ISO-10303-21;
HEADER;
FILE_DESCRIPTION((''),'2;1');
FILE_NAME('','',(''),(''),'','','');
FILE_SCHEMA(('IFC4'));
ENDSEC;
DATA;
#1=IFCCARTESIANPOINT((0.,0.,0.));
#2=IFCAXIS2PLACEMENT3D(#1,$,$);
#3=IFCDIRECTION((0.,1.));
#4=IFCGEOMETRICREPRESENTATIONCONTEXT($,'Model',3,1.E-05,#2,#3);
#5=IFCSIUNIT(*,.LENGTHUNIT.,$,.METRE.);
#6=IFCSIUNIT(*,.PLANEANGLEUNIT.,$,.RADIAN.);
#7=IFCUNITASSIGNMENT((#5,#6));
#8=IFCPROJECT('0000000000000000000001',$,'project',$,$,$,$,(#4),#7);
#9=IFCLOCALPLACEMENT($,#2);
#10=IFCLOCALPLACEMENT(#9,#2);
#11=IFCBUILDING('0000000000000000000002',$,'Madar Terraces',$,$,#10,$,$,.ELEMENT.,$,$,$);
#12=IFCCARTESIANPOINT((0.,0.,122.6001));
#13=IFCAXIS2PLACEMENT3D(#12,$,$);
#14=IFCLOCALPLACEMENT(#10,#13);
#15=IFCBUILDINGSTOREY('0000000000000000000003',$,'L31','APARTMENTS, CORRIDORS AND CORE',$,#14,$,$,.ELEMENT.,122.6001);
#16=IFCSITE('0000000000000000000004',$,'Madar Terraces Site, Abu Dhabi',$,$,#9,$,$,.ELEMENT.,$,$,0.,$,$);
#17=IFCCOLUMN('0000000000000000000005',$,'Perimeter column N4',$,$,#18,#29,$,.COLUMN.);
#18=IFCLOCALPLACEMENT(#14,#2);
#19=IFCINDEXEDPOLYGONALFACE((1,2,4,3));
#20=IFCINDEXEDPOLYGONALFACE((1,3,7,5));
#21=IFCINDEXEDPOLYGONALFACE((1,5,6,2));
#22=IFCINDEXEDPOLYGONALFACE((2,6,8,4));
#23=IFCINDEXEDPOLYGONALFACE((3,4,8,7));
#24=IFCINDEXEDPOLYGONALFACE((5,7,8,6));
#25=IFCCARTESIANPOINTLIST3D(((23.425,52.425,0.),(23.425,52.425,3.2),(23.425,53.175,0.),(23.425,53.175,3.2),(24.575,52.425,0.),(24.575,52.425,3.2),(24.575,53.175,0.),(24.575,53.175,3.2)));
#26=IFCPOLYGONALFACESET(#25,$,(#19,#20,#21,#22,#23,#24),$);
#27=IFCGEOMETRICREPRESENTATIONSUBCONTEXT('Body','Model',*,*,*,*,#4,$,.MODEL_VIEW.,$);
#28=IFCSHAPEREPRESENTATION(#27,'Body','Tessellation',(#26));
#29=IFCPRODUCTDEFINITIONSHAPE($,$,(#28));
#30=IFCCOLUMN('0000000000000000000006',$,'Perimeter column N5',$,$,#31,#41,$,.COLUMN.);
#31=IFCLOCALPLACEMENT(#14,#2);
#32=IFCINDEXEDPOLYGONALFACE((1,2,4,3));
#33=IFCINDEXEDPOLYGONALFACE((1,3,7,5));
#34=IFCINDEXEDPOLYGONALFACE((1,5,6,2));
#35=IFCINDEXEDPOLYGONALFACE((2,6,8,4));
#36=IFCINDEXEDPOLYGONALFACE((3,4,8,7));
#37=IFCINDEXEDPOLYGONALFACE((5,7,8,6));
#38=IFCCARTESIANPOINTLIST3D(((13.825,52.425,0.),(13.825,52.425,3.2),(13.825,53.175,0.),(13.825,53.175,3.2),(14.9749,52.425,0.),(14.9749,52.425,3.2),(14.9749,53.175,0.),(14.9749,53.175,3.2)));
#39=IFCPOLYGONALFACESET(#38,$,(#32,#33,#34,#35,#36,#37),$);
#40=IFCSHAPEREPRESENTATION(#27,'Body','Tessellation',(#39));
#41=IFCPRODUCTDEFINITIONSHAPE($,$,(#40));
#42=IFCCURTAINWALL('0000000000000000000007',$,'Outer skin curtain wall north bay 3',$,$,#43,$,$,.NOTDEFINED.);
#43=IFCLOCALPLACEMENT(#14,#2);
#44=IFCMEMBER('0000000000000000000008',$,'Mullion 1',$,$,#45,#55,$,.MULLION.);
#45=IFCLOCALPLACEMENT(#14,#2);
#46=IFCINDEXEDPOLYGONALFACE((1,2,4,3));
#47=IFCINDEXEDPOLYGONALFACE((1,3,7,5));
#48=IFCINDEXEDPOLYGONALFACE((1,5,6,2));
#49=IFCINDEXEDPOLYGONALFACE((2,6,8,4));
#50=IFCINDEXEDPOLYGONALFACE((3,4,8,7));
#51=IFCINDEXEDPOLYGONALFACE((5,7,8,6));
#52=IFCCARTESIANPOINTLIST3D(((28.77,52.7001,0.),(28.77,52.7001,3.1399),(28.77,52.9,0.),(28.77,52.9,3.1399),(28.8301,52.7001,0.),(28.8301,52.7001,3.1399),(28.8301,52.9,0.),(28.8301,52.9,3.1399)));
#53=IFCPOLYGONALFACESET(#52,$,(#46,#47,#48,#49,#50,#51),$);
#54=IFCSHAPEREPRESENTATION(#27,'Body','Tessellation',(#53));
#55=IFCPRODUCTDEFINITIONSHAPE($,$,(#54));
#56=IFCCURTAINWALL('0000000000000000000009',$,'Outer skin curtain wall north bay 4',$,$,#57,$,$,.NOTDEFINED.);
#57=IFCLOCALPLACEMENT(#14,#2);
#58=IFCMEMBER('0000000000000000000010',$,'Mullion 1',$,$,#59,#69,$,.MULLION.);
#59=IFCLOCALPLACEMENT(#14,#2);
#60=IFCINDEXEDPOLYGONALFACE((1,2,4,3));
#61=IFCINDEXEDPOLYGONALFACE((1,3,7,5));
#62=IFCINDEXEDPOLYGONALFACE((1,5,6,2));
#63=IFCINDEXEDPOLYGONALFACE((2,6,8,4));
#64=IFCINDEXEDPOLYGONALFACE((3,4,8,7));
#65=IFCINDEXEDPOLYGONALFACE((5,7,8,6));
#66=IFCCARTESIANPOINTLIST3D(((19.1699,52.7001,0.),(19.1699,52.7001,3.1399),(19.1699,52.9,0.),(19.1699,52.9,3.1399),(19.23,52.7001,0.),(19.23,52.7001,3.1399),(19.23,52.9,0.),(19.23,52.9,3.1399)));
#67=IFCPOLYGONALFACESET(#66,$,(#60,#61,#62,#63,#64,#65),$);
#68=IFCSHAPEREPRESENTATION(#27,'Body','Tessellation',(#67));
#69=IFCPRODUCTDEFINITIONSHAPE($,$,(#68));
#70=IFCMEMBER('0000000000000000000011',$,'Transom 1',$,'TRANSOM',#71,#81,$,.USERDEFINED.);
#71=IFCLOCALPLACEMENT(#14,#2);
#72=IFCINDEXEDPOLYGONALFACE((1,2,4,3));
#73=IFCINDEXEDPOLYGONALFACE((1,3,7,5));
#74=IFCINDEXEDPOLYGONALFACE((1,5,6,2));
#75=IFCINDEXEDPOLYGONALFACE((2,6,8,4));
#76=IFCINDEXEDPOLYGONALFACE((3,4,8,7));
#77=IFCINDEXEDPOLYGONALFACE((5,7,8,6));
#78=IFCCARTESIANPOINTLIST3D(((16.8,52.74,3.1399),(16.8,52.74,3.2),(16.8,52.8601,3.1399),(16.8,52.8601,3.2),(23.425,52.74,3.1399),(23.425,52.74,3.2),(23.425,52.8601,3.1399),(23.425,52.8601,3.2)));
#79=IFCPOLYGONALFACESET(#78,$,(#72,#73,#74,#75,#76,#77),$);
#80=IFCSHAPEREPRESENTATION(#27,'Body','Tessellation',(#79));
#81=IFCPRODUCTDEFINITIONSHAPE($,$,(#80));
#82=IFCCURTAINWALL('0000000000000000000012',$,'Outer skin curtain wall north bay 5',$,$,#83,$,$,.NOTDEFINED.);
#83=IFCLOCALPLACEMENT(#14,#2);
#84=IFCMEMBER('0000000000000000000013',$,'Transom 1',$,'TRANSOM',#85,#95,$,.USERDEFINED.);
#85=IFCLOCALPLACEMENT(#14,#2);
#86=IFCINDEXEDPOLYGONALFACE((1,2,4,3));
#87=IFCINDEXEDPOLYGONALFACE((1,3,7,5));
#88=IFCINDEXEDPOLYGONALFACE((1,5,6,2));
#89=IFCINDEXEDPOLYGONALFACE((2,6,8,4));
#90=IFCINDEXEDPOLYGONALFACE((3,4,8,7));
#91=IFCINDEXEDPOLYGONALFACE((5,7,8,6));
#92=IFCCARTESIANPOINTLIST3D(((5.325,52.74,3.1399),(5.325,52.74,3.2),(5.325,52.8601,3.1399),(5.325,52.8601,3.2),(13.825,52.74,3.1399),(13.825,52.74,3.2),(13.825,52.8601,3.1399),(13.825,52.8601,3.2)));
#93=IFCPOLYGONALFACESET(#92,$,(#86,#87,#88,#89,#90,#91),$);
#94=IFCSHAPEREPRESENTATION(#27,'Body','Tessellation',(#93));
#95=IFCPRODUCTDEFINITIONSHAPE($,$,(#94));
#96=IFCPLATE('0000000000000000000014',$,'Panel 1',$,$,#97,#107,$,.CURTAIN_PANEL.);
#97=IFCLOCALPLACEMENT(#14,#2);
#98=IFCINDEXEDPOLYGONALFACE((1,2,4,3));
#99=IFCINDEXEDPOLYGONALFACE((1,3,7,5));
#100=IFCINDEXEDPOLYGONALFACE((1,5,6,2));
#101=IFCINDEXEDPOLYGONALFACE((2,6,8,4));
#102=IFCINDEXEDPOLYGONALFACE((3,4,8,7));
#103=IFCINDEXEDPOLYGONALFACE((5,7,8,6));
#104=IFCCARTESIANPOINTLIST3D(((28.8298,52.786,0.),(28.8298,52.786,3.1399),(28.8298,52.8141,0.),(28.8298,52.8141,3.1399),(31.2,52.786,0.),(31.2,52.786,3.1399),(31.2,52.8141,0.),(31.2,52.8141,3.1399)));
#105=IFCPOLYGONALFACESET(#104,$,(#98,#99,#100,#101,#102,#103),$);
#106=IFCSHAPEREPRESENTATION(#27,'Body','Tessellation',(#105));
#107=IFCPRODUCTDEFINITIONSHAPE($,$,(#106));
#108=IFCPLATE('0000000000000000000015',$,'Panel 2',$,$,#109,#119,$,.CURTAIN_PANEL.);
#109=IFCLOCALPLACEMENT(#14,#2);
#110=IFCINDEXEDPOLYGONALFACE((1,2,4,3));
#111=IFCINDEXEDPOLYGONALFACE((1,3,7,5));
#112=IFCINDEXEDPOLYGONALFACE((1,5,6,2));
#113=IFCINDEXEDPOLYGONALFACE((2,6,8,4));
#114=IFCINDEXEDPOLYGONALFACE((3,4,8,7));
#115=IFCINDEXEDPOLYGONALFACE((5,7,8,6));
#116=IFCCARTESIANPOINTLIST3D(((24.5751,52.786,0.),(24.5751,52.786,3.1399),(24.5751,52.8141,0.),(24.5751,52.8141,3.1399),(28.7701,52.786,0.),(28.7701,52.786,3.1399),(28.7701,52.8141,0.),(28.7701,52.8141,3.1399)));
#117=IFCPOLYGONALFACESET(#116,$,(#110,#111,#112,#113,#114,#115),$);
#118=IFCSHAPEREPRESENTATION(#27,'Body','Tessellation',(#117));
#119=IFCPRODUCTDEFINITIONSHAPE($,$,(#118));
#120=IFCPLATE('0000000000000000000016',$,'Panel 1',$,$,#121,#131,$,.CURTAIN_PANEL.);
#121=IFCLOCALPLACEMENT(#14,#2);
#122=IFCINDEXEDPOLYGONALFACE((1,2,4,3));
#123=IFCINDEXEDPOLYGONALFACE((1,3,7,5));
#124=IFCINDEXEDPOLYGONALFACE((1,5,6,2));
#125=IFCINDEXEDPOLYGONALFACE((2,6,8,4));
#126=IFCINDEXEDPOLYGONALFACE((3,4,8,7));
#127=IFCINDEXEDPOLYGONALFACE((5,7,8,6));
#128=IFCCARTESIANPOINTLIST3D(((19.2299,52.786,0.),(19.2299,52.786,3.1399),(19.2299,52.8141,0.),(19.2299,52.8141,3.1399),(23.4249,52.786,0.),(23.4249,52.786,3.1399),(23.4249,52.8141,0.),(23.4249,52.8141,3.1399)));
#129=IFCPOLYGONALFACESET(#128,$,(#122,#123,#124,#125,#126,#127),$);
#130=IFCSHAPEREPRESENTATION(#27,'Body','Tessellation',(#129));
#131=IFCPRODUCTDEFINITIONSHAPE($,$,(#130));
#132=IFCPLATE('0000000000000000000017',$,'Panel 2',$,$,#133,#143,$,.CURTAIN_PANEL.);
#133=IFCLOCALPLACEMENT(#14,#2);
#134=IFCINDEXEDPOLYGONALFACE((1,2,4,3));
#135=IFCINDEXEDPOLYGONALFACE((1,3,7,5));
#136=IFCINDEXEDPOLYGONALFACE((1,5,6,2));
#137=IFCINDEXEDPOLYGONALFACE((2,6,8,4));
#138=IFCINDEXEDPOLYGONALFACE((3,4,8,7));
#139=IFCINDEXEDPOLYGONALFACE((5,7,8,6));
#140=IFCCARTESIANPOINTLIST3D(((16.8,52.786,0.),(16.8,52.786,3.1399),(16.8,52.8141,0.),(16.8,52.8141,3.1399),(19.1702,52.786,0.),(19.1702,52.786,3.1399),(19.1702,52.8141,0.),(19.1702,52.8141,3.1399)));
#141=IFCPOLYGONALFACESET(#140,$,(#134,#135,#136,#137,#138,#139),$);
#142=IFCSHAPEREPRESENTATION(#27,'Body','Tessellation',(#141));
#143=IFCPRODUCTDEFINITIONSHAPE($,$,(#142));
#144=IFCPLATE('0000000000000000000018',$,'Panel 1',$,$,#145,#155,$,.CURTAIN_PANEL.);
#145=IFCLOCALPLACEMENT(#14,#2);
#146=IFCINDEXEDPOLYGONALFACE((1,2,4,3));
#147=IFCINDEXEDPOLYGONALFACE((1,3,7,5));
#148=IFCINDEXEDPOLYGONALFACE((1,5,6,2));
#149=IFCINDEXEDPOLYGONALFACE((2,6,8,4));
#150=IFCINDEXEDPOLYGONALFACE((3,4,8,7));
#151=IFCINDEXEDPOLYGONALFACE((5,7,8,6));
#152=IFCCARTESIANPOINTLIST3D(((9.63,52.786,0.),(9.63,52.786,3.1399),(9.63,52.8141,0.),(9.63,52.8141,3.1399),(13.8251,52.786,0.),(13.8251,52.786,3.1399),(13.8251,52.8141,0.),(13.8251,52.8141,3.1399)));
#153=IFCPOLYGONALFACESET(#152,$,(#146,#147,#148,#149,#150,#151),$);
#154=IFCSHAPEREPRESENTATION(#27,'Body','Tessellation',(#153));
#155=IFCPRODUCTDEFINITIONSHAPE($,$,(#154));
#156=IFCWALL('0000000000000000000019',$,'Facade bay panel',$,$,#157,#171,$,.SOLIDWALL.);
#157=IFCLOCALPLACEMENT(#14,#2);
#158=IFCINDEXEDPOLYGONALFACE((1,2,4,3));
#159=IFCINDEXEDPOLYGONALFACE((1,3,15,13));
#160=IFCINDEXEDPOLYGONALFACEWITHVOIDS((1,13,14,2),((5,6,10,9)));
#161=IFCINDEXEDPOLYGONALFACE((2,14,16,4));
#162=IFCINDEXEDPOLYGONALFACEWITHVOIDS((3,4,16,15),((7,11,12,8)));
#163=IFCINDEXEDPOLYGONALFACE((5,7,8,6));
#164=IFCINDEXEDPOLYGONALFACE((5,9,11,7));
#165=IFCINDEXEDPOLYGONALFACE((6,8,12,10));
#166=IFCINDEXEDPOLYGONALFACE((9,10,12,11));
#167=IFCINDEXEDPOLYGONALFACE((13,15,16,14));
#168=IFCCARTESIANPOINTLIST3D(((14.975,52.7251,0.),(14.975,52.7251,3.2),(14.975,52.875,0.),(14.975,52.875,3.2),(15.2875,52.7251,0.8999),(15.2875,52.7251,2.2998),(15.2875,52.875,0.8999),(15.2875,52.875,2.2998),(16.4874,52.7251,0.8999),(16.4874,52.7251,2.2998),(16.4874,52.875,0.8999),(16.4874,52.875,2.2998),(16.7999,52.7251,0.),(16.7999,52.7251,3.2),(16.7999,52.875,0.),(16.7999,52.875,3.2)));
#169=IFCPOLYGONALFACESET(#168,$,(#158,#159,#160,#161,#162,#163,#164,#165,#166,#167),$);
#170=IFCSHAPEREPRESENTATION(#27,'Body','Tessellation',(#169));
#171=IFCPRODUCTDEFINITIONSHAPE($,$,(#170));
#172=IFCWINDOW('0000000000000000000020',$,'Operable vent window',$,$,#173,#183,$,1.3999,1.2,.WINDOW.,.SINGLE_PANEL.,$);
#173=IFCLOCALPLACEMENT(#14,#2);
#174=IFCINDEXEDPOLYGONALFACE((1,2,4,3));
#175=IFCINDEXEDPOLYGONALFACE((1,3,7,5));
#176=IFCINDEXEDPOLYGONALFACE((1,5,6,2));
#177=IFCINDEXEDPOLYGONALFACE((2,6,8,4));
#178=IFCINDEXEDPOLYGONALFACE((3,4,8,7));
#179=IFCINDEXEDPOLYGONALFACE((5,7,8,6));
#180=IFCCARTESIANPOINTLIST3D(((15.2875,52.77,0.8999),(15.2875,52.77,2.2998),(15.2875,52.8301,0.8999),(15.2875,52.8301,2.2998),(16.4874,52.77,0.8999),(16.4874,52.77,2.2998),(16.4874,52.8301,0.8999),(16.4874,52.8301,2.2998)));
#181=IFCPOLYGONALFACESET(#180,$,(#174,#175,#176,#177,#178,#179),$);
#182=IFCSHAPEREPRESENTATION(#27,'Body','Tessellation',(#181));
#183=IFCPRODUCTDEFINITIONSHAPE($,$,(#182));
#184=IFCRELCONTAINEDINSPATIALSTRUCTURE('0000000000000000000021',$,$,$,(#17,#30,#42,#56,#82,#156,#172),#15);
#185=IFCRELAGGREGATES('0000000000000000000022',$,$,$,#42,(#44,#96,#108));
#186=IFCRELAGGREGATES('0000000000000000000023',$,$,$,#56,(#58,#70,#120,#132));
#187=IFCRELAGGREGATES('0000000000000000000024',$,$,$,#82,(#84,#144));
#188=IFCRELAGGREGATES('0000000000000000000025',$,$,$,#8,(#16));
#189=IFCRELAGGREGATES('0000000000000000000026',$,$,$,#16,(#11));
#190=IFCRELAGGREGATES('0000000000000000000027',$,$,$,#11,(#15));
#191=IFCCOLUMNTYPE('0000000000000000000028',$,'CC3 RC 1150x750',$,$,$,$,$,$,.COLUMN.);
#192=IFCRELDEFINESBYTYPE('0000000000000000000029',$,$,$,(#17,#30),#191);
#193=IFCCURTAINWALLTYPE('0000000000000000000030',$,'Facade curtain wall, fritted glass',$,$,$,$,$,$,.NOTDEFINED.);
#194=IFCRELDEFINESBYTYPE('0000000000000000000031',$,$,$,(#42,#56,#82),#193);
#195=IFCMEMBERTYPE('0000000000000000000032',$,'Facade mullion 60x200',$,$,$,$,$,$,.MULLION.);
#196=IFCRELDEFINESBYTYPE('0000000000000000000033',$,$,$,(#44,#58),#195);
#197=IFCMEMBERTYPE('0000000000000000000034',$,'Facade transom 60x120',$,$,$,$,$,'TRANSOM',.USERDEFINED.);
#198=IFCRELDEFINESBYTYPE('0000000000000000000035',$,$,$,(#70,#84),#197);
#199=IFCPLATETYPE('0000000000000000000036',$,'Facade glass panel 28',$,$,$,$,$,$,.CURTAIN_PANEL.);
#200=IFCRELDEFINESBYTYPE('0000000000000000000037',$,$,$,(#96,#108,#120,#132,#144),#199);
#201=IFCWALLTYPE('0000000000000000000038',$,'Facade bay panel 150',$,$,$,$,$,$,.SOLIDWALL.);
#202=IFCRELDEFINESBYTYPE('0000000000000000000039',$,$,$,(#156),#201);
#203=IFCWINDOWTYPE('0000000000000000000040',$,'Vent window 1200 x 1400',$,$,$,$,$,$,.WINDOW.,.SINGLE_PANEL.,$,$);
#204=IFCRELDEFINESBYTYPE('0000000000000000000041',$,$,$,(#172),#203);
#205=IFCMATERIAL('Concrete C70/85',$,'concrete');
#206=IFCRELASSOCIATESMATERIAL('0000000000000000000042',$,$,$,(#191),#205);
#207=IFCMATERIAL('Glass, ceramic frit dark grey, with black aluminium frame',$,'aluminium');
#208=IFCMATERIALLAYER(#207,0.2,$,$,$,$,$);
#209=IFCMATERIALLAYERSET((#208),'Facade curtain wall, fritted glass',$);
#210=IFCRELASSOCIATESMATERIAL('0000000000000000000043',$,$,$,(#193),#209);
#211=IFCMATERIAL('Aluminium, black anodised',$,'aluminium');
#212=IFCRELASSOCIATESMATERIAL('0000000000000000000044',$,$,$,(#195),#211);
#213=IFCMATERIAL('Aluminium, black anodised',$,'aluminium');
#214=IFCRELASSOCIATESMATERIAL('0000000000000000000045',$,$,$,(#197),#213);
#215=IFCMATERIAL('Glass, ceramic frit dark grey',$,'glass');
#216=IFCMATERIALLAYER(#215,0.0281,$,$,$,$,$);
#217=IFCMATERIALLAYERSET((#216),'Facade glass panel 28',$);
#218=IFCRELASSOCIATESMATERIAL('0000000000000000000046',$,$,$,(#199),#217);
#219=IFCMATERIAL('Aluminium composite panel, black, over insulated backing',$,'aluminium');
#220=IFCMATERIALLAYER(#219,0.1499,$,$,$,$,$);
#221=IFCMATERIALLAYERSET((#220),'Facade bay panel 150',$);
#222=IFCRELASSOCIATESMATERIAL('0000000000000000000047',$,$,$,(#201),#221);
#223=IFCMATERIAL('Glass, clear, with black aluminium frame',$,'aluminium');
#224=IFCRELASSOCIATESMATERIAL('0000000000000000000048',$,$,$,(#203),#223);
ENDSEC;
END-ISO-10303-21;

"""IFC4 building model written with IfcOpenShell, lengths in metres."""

from ifc_helpers import new_model, si_unit, direction, frame, frame_2d, origin, origin_2d, place, context, subcontext, project, spatial, rectangle, extrude, material, layer, layer_set, material_profile, profile_set, type_object, element, fill, aggregate, save


model = new_model("IFC4")

# Units and contexts
model_context = context("Model", 3, precision=1e-05, world=origin(), true_north=direction((0.0, 1.0)))
body_context = subcontext(model_context, "Body", "Model", "MODEL_VIEW")
ifc_project = project(units=[si_unit("LENGTHUNIT", "METRE"), si_unit("PLANEANGLEUNIT", "RADIAN")], contexts=[model_context])

# Site, building, storey
site_placement = place(None, origin())
site = spatial("IfcSite", under=ifc_project, at=site_placement, Name="Madar Terraces Site, Abu Dhabi", CompositionType="ELEMENT", RefElevation=0.0)
building_placement = place(site_placement, origin())
building = spatial("IfcBuilding", under=site, at=building_placement, Name="Madar Terraces", CompositionType="ELEMENT")
storey_placement = place(building_placement, frame((0.0, 0.0, 122.6001)))
storey = spatial("IfcBuildingStorey", under=building, at=storey_placement, Name="L31", Description="APARTMENTS, CORRIDORS AND CORE", CompositionType="ELEMENT", Elevation=122.6001)

# Columns
ifc_material_1 = material(Name="Concrete C70/85", Category="concrete")
ifc_material_profile_1 = material_profile(ifc_material_1, rectangle(XDim=1.1499, YDim=0.75, at=origin_2d()), Name="CC3 RC 1150x750")
ifc_profile_set_1 = profile_set([ifc_material_profile_1], Name="Concrete C70/85")
column_type = type_object("IfcColumnType", Name="CC3 RC 1150x750", PredefinedType="COLUMN", material=ifc_profile_set_1)
for number, where, z_axis, x_axis, name in (
    (1, (24.0, 52.8, 0.0), (0.0, 0.0, 1.0), (1.0, 0.0, 0.0), "Perimeter column N4"),
    (2, (14.3999, 52.8, 0.0), (0.0, 0.0, 1.0), (1.0, 0.0, 0.0), "Perimeter column N5"),
):
    element("IfcColumn", number, at=place(storey_placement, frame(where, z_axis=z_axis, x_axis=x_axis)), inside=storey, type_object=column_type, Name=name, PredefinedType="COLUMN", context=body_context, shape_type="SweptSolid", body=[
        extrude(rectangle(XDim=1.1499, YDim=0.75, at=origin_2d()), origin(), (0.0, 0.0, 1.0), 3.2),
    ])

# Curtain wall, member
ifc_material_2 = material(Name="Glass, ceramic frit dark grey, with black aluminium frame", Category="aluminium")
ifc_layer_1 = layer(ifc_material_2, 0.2)
ifc_layer_set_1 = layer_set([ifc_layer_1], Name="Facade curtain wall, fritted glass")
curtain_wall_type = type_object("IfcCurtainWallType", Name="Facade curtain wall, fritted glass", PredefinedType="NOTDEFINED", material=ifc_layer_set_1)
curtain_wall_1_placement = place(storey_placement, origin())
curtain_wall_1 = element("IfcCurtainWall", 3, at=curtain_wall_1_placement, inside=storey, type_object=curtain_wall_type, Name="Outer skin curtain wall north bay 3", PredefinedType="NOTDEFINED")
ifc_material_3 = material(Name="Aluminium, black anodised", Category="aluminium")
ifc_material_profile_2 = material_profile(ifc_material_3, rectangle(XDim=0.2, YDim=0.0601, at=origin_2d()), Name="Facade mullion 60x200")
ifc_profile_set_2 = profile_set([ifc_material_profile_2], Name="Aluminium, black anodised")
member_type_1 = type_object("IfcMemberType", Name="Facade mullion 60x200", PredefinedType="MULLION", material=ifc_profile_set_2)
member_1_placement = place(storey_placement, frame((28.8, 52.8, 0.0), z_axis=(0.0, 0.0, 1.0), x_axis=(0.0, -1.0, 0.0)))
member_1 = element("IfcMember", 4, at=member_1_placement, type_object=member_type_1, Name="Mullion 1", PredefinedType="MULLION", context=body_context, shape_type="SweptSolid", body=[
    extrude(rectangle(XDim=0.2, YDim=0.0601, at=origin_2d()), origin(), (0.0, 0.0, 1.0), 3.1399),
])

# Curtain wall, members
curtain_wall_2_placement = place(storey_placement, origin())
curtain_wall_2 = element("IfcCurtainWall", 5, at=curtain_wall_2_placement, inside=storey, type_object=curtain_wall_type, Name="Outer skin curtain wall north bay 4", PredefinedType="NOTDEFINED")
member_2_placement = place(storey_placement, frame((19.2, 52.8, 0.0), z_axis=(0.0, 0.0, 1.0), x_axis=(0.0, -1.0, 0.0)))
member_2 = element("IfcMember", 6, at=member_2_placement, type_object=member_type_1, Name="Mullion 1", PredefinedType="MULLION", context=body_context, shape_type="SweptSolid", body=[
    extrude(rectangle(XDim=0.2, YDim=0.0601, at=origin_2d()), origin(), (0.0, 0.0, 1.0), 3.1399),
])
ifc_material_4 = material(Name="Aluminium, black anodised", Category="aluminium")
ifc_material_profile_3 = material_profile(ifc_material_4, rectangle(XDim=0.1201, YDim=0.0601, at=origin_2d()), Name="Facade transom 60x120")
ifc_profile_set_3 = profile_set([ifc_material_profile_3], Name="Aluminium, black anodised")
member_type_2 = type_object("IfcMemberType", Name="Facade transom 60x120", ElementType="TRANSOM", PredefinedType="USERDEFINED", material=ifc_profile_set_3)
member_3_placement = place(storey_placement, frame((23.425, 52.8, 3.1699), z_axis=(-1.0, 0.0, 0.0), x_axis=(0.0, -1.0, 0.0)))
member_3 = element("IfcMember", 7, at=member_3_placement, type_object=member_type_2, Name="Transom 1", ObjectType="TRANSOM", PredefinedType="USERDEFINED", context=body_context, shape_type="SweptSolid", body=[
    extrude(rectangle(XDim=0.1201, YDim=0.0601, at=origin_2d()), origin(), (0.0, 0.0, 1.0), 6.625),
])

# Curtain wall, member
curtain_wall_3_placement = place(storey_placement, origin())
curtain_wall_3 = element("IfcCurtainWall", 8, at=curtain_wall_3_placement, inside=storey, type_object=curtain_wall_type, Name="Outer skin curtain wall north bay 5", PredefinedType="NOTDEFINED")
member_4_placement = place(storey_placement, frame((13.825, 52.8, 3.1699), z_axis=(-1.0, 0.0, 0.0), x_axis=(0.0, -1.0, 0.0)))
member_4 = element("IfcMember", 9, at=member_4_placement, type_object=member_type_2, Name="Transom 1", ObjectType="TRANSOM", PredefinedType="USERDEFINED", context=body_context, shape_type="SweptSolid", body=[
    extrude(rectangle(XDim=0.1201, YDim=0.0601, at=origin_2d()), origin(), (0.0, 0.0, 1.0), 8.5),
])

# Plates
ifc_material_5 = material(Name="Glass, ceramic frit dark grey", Category="glass")
ifc_layer_2 = layer(ifc_material_5, 0.0281)
ifc_layer_set_2 = layer_set([ifc_layer_2], Name="Facade glass panel 28")
plate_type = type_object("IfcPlateType", Name="Facade glass panel 28", PredefinedType="CURTAIN_PANEL", material=ifc_layer_set_2)
plate_1_placement = place(storey_placement, frame((30.0149, 52.8, 0.0), z_axis=(0.0, 0.0, 1.0), x_axis=(-1.0, 0.0, 0.0)))
plate_1 = element("IfcPlate", 10, at=plate_1_placement, type_object=plate_type, Name="Panel 1", PredefinedType="CURTAIN_PANEL", context=body_context, shape_type="SweptSolid", body=[
    extrude(rectangle(XDim=2.3701, YDim=0.0281, at=origin_2d()), origin(), (0.0, 0.0, 1.0), 3.1399),
])
plate_2_placement = place(storey_placement, frame((26.6726, 52.8, 0.0), z_axis=(0.0, 0.0, 1.0), x_axis=(-1.0, 0.0, 0.0)))
plate_2 = element("IfcPlate", 11, at=plate_2_placement, type_object=plate_type, Name="Panel 2", PredefinedType="CURTAIN_PANEL", context=body_context, shape_type="SweptSolid", body=[
    extrude(rectangle(XDim=4.1951, YDim=0.0281, at=origin_2d()), origin(), (0.0, 0.0, 1.0), 3.1399),
])
aggregate(curtain_wall_1, [member_1, plate_1, plate_2])
plate_3_placement = place(storey_placement, frame((21.3274, 52.8, 0.0), z_axis=(0.0, 0.0, 1.0), x_axis=(-1.0, 0.0, 0.0)))
plate_3 = element("IfcPlate", 12, at=plate_3_placement, type_object=plate_type, Name="Panel 1", PredefinedType="CURTAIN_PANEL", context=body_context, shape_type="SweptSolid", body=[
    extrude(rectangle(XDim=4.1951, YDim=0.0281, at=origin_2d()), origin(), (0.0, 0.0, 1.0), 3.1399),
])
plate_4_placement = place(storey_placement, frame((17.9851, 52.8, 0.0), z_axis=(0.0, 0.0, 1.0), x_axis=(-1.0, 0.0, 0.0)))
plate_4 = element("IfcPlate", 13, at=plate_4_placement, type_object=plate_type, Name="Panel 2", PredefinedType="CURTAIN_PANEL", context=body_context, shape_type="SweptSolid", body=[
    extrude(rectangle(XDim=2.3701, YDim=0.0281, at=origin_2d()), origin(), (0.0, 0.0, 1.0), 3.1399),
])
aggregate(curtain_wall_2, [member_2, member_3, plate_3, plate_4])
plate_5_placement = place(storey_placement, frame((11.7275, 52.8, 0.0), z_axis=(0.0, 0.0, 1.0), x_axis=(-1.0, 0.0, 0.0)))
plate_5 = element("IfcPlate", 14, at=plate_5_placement, type_object=plate_type, Name="Panel 1", PredefinedType="CURTAIN_PANEL", context=body_context, shape_type="SweptSolid", body=[
    extrude(rectangle(XDim=4.1951, YDim=0.0281, at=origin_2d()), origin(), (0.0, 0.0, 1.0), 3.1399),
])
aggregate(curtain_wall_3, [member_4, plate_5])

# Wall, opening, window
ifc_material_6 = material(Name="Aluminium composite panel, black, over insulated backing", Category="aluminium")
ifc_layer_3 = layer(ifc_material_6, 0.1499)
ifc_layer_set_3 = layer_set([ifc_layer_3], Name="Facade bay panel 150")
wall_type_1 = type_object("IfcWallType", Name="Facade bay panel 150", PredefinedType="SOLIDWALL", material=ifc_layer_set_3)
wall_1_placement = place(storey_placement, frame((16.8, 52.8, 0.0), z_axis=(0.0, 0.0, 1.0), x_axis=(-1.0, 0.0, 0.0)))
wall_1 = element("IfcWall", 15, at=wall_1_placement, inside=storey, type_object=wall_type_1, Name="Facade bay panel", PredefinedType="SOLIDWALL", context=body_context, shape_type="SweptSolid", body=[
    extrude(rectangle(XDim=1.825, YDim=0.1499, at=frame_2d((0.9126, 0.0))), origin(), (0.0, 0.0, 1.0), 3.2),
])
opening_1_placement = place(wall_1_placement, frame((0.3125, 0.0, 0.8999)))
opening_1 = element("IfcOpeningElement", 16, at=opening_1_placement, cuts=wall_1, PredefinedType="OPENING", context=body_context, shape_type="SweptSolid", body=[
    extrude(rectangle(XDim=1.2, YDim=1.3999, at=frame_2d((0.6001, 0.7))), frame((0.0, 0.085, 0.0), z_axis=(0.0, -1.0, 0.0), x_axis=(1.0, 0.0, 0.0)), (0.0, 0.0, 1.0), 0.1699),
])
ifc_material_7 = material(Name="Glass, clear, with black aluminium frame", Category="aluminium")
window_type = type_object("IfcWindowType", Name="Vent window 1200 x 1400", PartitioningType="SINGLE_PANEL", PredefinedType="WINDOW", material=ifc_material_7)
window_placement = place(opening_1_placement, origin())
window = element("IfcWindow", 17, at=window_placement, inside=storey, type_object=window_type, Name="Operable vent window", OverallHeight=1.3999, OverallWidth=1.2, PartitioningType="SINGLE_PANEL", PredefinedType="WINDOW", context=body_context, shape_type="SweptSolid", body=[
    extrude(rectangle(XDim=1.2, YDim=1.3999, at=frame_2d((0.6001, 0.7))), frame((0.0, 0.03, 0.0), z_axis=(0.0, -1.0, 0.0), x_axis=(1.0, 0.0, 0.0)), (0.0, 0.0, 1.0), 0.0601),
])
fill(opening_1, window)

save(model, "model.ifc")
